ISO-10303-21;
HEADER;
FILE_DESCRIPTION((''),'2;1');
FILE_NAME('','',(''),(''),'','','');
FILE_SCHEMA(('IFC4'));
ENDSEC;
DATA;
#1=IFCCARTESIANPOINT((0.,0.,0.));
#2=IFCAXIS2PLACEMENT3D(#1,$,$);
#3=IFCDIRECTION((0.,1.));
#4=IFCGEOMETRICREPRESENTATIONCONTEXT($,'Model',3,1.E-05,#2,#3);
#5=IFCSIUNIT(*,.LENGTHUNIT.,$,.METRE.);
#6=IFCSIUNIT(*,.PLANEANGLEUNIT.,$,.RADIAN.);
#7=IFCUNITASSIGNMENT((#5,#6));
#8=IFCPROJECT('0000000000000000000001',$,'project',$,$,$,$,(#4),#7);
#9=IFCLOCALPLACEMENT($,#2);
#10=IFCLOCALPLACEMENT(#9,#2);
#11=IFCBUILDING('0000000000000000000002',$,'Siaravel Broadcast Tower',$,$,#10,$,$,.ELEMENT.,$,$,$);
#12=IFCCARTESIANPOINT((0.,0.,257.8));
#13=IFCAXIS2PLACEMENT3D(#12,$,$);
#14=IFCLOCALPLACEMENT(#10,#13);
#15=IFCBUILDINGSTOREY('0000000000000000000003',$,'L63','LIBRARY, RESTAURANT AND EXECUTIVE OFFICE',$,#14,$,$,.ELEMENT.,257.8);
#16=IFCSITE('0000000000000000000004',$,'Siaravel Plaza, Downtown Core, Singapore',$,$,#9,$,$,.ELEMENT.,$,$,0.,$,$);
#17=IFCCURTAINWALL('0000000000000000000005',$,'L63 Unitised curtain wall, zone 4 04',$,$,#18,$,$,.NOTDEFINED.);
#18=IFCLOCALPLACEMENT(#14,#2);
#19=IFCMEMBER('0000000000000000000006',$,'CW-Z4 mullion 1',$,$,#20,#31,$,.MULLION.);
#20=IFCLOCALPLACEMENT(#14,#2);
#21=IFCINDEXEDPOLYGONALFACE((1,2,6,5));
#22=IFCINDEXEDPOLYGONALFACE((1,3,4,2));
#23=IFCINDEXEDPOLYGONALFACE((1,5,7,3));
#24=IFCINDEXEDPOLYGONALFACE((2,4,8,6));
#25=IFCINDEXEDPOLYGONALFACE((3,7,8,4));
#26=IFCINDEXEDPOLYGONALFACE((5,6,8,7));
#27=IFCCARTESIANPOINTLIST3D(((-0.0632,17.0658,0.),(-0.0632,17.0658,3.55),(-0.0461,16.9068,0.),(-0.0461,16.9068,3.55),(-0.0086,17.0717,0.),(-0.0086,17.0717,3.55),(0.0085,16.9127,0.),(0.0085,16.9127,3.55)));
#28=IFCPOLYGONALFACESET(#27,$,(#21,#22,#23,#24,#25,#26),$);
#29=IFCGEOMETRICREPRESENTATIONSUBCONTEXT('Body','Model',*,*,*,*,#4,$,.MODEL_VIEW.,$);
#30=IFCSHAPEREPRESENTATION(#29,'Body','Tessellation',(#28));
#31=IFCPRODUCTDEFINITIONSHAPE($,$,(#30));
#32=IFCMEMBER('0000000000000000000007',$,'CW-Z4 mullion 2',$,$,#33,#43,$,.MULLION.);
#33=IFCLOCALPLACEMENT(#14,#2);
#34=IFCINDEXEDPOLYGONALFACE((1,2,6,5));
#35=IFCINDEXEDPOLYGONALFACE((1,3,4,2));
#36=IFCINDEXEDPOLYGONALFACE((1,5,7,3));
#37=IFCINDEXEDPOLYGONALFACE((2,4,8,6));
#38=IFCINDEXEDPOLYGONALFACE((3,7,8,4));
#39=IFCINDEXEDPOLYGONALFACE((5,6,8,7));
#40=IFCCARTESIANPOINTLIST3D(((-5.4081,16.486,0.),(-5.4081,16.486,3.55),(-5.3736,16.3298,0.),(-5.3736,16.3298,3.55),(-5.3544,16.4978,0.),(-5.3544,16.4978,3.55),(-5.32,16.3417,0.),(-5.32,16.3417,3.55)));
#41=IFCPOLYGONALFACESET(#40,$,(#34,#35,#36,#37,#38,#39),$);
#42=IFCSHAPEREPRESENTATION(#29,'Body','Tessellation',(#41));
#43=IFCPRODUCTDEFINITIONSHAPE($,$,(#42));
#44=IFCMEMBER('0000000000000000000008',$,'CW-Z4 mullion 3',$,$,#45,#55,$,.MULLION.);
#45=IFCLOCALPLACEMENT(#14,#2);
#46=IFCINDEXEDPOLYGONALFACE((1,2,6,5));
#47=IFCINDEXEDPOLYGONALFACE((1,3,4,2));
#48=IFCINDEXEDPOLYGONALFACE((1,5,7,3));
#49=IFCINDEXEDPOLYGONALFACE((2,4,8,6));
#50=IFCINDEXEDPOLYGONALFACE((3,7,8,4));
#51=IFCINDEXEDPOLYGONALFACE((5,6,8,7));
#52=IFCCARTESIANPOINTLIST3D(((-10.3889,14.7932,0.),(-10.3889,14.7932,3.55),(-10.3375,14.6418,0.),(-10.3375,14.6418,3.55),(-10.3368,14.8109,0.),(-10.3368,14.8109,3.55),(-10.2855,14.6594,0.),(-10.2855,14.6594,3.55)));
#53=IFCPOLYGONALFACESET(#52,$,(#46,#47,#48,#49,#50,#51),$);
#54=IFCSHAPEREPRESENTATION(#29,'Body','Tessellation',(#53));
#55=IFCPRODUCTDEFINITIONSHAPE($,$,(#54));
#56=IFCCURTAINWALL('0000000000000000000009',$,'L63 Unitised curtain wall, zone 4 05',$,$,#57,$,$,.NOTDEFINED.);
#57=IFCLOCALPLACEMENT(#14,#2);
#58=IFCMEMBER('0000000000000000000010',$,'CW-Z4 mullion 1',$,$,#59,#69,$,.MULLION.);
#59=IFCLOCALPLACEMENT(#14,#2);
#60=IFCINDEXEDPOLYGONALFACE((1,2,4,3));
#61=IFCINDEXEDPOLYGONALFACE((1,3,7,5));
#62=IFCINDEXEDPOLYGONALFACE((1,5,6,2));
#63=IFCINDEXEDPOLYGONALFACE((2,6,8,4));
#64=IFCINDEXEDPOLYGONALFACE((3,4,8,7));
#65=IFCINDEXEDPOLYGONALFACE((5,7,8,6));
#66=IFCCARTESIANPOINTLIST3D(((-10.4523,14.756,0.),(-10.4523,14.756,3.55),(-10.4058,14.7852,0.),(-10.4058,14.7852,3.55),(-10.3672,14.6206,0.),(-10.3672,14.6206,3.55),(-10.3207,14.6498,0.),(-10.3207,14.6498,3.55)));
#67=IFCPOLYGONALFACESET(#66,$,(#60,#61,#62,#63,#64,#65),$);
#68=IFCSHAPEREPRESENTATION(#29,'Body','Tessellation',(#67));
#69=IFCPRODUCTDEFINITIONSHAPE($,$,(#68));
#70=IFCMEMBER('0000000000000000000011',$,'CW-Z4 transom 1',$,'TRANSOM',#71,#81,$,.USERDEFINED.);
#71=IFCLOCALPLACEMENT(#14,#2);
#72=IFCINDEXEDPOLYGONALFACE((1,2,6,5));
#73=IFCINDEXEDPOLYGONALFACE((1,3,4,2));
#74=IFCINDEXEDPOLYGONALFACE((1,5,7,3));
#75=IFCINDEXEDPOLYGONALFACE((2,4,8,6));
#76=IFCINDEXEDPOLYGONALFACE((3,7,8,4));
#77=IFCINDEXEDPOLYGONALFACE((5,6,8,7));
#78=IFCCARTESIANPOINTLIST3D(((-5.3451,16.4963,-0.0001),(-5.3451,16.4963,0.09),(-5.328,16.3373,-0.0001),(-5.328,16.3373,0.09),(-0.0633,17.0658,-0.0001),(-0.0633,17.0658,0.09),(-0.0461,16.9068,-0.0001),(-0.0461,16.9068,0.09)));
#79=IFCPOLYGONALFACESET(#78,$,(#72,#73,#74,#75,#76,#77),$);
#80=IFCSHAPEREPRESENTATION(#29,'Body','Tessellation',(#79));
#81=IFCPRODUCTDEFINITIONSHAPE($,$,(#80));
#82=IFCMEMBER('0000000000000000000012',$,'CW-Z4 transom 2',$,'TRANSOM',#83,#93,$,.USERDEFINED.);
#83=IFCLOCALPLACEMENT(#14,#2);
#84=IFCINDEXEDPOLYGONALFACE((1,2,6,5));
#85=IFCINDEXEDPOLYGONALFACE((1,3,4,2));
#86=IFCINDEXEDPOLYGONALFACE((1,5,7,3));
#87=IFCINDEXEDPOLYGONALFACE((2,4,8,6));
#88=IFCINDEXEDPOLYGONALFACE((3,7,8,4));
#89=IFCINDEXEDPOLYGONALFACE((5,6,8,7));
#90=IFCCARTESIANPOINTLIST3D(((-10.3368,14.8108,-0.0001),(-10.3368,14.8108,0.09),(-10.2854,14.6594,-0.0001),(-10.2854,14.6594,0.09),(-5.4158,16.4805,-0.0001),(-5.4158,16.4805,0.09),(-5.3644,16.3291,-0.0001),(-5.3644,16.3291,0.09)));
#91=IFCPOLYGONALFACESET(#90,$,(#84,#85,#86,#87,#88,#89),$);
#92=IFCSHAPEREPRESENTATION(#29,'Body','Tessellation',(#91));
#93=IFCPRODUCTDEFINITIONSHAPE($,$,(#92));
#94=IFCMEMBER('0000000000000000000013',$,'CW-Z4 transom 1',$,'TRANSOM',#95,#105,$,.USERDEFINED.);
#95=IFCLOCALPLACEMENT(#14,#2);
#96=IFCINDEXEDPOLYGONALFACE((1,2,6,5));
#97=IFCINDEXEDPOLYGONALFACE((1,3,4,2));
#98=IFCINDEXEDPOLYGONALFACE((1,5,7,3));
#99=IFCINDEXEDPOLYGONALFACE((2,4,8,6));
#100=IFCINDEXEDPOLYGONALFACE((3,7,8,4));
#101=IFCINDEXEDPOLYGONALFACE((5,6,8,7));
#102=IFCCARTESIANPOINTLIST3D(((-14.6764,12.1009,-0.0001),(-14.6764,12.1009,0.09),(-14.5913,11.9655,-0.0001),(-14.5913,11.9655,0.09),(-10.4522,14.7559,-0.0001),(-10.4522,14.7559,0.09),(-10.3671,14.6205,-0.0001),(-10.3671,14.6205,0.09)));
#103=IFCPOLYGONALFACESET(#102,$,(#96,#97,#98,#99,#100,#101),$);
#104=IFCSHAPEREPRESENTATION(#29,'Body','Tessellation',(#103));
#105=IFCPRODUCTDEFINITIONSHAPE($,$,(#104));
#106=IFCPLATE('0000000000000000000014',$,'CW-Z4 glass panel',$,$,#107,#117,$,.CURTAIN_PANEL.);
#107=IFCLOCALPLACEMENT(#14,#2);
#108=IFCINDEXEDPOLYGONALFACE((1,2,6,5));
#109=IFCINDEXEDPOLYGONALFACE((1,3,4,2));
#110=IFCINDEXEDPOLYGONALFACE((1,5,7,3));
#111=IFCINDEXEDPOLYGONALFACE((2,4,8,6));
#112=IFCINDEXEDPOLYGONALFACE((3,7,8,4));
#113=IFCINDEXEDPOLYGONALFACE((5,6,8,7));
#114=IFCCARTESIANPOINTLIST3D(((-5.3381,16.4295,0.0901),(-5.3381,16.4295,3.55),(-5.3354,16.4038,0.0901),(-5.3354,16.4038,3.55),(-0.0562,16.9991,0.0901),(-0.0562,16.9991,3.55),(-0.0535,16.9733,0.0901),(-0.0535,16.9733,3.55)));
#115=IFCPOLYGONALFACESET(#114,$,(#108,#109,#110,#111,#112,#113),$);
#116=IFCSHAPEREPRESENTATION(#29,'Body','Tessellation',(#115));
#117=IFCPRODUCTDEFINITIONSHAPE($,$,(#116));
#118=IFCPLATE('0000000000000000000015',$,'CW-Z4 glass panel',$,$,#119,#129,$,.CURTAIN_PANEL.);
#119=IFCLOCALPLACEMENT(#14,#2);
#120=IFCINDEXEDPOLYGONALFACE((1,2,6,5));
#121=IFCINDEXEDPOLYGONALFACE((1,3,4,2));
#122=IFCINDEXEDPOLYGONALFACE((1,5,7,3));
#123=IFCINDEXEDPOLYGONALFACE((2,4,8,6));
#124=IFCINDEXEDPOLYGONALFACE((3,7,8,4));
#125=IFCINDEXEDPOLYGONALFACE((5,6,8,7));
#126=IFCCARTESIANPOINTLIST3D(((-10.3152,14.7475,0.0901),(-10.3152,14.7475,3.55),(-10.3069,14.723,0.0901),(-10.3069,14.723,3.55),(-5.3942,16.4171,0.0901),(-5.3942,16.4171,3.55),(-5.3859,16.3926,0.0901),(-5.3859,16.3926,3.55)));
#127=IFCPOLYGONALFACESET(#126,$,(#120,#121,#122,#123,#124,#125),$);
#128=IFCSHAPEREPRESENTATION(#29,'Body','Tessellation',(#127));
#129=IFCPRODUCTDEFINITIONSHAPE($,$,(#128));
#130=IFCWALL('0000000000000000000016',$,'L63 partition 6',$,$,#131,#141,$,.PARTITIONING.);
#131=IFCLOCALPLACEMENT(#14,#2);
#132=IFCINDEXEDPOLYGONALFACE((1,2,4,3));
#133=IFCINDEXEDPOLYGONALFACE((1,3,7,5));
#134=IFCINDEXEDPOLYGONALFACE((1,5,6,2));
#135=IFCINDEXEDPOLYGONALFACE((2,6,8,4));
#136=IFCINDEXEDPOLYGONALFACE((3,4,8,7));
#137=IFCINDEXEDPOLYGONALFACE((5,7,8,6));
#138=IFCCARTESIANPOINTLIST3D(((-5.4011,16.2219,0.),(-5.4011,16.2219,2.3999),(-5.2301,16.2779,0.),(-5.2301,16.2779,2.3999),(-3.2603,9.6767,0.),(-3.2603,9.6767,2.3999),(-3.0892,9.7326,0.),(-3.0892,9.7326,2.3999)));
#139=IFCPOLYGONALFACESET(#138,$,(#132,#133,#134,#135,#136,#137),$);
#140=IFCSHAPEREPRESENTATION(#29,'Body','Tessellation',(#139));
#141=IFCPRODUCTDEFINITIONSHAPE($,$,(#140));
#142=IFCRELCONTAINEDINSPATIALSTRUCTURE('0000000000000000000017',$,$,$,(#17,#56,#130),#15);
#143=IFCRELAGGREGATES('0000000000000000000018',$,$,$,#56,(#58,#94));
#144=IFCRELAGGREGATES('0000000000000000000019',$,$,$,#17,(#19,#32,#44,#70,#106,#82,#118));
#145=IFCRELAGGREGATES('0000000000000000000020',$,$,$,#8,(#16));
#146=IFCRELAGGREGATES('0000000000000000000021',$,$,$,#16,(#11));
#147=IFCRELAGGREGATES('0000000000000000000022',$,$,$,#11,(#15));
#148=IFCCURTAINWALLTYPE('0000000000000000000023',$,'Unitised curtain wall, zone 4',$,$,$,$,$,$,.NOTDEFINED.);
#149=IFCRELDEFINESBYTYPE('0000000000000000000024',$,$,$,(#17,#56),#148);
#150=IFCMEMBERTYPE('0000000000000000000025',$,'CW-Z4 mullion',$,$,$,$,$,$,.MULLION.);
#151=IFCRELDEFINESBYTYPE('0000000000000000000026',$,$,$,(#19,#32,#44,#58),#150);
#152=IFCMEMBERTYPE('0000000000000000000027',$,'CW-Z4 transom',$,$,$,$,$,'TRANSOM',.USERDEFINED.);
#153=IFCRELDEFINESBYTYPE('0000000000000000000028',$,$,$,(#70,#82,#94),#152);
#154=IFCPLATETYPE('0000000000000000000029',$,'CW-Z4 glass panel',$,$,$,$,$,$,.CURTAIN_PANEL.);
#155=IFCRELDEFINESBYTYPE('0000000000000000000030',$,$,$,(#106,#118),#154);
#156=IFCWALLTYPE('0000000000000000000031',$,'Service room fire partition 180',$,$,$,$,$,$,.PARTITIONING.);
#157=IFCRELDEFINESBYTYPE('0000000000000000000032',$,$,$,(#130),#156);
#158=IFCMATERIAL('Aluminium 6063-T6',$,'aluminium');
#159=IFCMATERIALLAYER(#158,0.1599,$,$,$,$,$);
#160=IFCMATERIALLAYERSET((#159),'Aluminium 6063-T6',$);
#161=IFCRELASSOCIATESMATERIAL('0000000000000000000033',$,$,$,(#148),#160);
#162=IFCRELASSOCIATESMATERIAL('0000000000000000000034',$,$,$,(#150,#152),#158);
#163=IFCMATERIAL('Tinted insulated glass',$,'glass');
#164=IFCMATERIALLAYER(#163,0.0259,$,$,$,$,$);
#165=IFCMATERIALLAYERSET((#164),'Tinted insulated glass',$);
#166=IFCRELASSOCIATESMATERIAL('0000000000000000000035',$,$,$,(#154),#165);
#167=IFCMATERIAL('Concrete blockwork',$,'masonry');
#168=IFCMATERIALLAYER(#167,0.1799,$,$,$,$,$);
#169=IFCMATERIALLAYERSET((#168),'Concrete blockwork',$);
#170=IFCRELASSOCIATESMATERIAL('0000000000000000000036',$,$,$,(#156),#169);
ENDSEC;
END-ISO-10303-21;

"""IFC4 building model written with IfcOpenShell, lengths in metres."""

from ifc_helpers import new_model, si_unit, direction, frame, frame_2d, origin, origin_2d, place, context, subcontext, project, spatial, rectangle, extrude, material, layer, layer_set, material_profile, profile_set, type_object, element, aggregate, save


model = new_model("IFC4")

# Units and contexts
model_context = context("Model", 3, precision=1e-05, world=origin(), true_north=direction((0.0, 1.0)))
body_context = subcontext(model_context, "Body", "Model", "MODEL_VIEW")
ifc_project = project(units=[si_unit("LENGTHUNIT", "METRE"), si_unit("PLANEANGLEUNIT", "RADIAN")], contexts=[model_context])

# Site, building, storey
site_placement = place(None, origin())
site = spatial("IfcSite", under=ifc_project, at=site_placement, Name="Siaravel Plaza, Downtown Core, Singapore", CompositionType="ELEMENT", RefElevation=0.0)
building_placement = place(site_placement, origin())
building = spatial("IfcBuilding", under=site, at=building_placement, Name="Siaravel Broadcast Tower", CompositionType="ELEMENT")
storey_placement = place(building_placement, frame((0.0, 0.0, 257.8)))
storey = spatial("IfcBuildingStorey", under=building, at=storey_placement, Name="L63", Description="LIBRARY, RESTAURANT AND EXECUTIVE OFFICE", CompositionType="ELEMENT", Elevation=257.8)

# Curtain wall, members
ifc_material_1 = material(Name="Aluminium 6063-T6", Category="aluminium")
ifc_layer_1 = layer(ifc_material_1, 0.1599)
ifc_layer_set_1 = layer_set([ifc_layer_1], Name="Aluminium 6063-T6")
curtain_wall_type = type_object("IfcCurtainWallType", Name="Unitised curtain wall, zone 4", PredefinedType="NOTDEFINED", material=ifc_layer_set_1)
curtain_wall_1_placement = place(storey_placement, origin())
curtain_wall_1 = element("IfcCurtainWall", 1, at=curtain_wall_1_placement, inside=storey, type_object=curtain_wall_type, Name="L63 Unitised curtain wall, zone 4 04", PredefinedType="NOTDEFINED")
ifc_material_profile_1 = material_profile(ifc_material_1, rectangle(XDim=0.1599, YDim=0.0549, at=origin_2d()))
ifc_profile_set_1 = profile_set([ifc_material_profile_1], Name="Aluminium 6063-T6")
member_type_1 = type_object("IfcMemberType", Name="CW-Z4 mullion", PredefinedType="MULLION", material=ifc_profile_set_1)
member_1_placement = place(storey_placement, frame((-0.0273, 16.9893, 0.0), z_axis=(0.0, 0.0, 1.0), x_axis=(0.107218, -0.994236, 0.0)))
member_1 = element("IfcMember", 2, at=member_1_placement, type_object=member_type_1, Name="CW-Z4 mullion 1", PredefinedType="MULLION", context=body_context, shape_type="SweptSolid", body=[
    extrude(rectangle(XDim=0.1599, YDim=0.0549, at=origin_2d()), origin(), (0.0, 0.0, 1.0), 3.55),
])
member_2_placement = place(storey_placement, frame((-5.364, 16.4138, 0.0), z_axis=(0.0, 0.0, 1.0), x_axis=(0.215559, -0.976491, 0.0)))
member_2 = element("IfcMember", 3, at=member_2_placement, type_object=member_type_1, Name="CW-Z4 mullion 2", PredefinedType="MULLION", context=body_context, shape_type="SweptSolid", body=[
    extrude(rectangle(XDim=0.1599, YDim=0.0549, at=origin_2d()), origin(), (0.0, 0.0, 1.0), 3.55),
])
member_3_placement = place(storey_placement, frame((-10.3372, 14.7263, 0.0), z_axis=(0.0, 0.0, 1.0), x_axis=(0.321302, -0.946977, 0.0)))
member_3 = element("IfcMember", 4, at=member_3_placement, type_object=member_type_1, Name="CW-Z4 mullion 3", PredefinedType="MULLION", context=body_context, shape_type="SweptSolid", body=[
    extrude(rectangle(XDim=0.1599, YDim=0.0549, at=origin_2d()), origin(), (0.0, 0.0, 1.0), 3.55),
])

# Curtain wall, member
curtain_wall_2_placement = place(storey_placement, origin())
curtain_wall_2 = element("IfcCurtainWall", 5, at=curtain_wall_2_placement, inside=storey, type_object=curtain_wall_type, Name="L63 Unitised curtain wall, zone 4 05", PredefinedType="NOTDEFINED")
member_4_placement = place(storey_placement, frame((-10.3865, 14.7029, 0.0), z_axis=(0.0, 0.0, 1.0), x_axis=(0.532151, -0.84665, 0.0)))
member_4 = element("IfcMember", 6, at=member_4_placement, type_object=member_type_1, Name="CW-Z4 mullion 1", PredefinedType="MULLION", context=body_context, shape_type="SweptSolid", body=[
    extrude(rectangle(XDim=0.1599, YDim=0.0549, at=origin_2d()), origin(), (0.0, 0.0, 1.0), 3.55),
])

# Members
ifc_material_profile_2 = material_profile(ifc_material_1, rectangle(XDim=0.1599, YDim=0.0901, at=origin_2d()))
ifc_profile_set_2 = profile_set([ifc_material_profile_2], Name="Aluminium 6063-T6")
member_type_2 = type_object("IfcMemberType", Name="CW-Z4 transom", ElementType="TRANSOM", PredefinedType="USERDEFINED", material=ifc_profile_set_2)
member_5_placement = place(storey_placement, frame((-0.0547, 16.9863, 0.0449), z_axis=(-0.994236, -0.107213, 0.0), x_axis=(0.107213, -0.994236, 0.0)))
member_5 = element("IfcMember", 7, at=member_5_placement, type_object=member_type_2, Name="CW-Z4 transom 1", ObjectType="TRANSOM", PredefinedType="USERDEFINED", context=body_context, shape_type="SweptSolid", body=[
    extrude(rectangle(XDim=0.1599, YDim=0.0901, at=origin_2d()), origin(), (0.0, 0.0, 1.0), 5.3125),
])
member_6_placement = place(storey_placement, frame((-5.3901, 16.4048, 0.0449), z_axis=(-0.946974, -0.321311, 0.0), x_axis=(0.321311, -0.946974, 0.0)))
member_6 = element("IfcMember", 8, at=member_6_placement, type_object=member_type_2, Name="CW-Z4 transom 2", ObjectType="TRANSOM", PredefinedType="USERDEFINED", context=body_context, shape_type="SweptSolid", body=[
    extrude(rectangle(XDim=0.1599, YDim=0.0901, at=origin_2d()), origin(), (0.0, 0.0, 1.0), 5.1965),
])
member_7_placement = place(storey_placement, frame((-10.4097, 14.6882, 0.0449), z_axis=(-0.846649, -0.532153, 0.0), x_axis=(0.532153, -0.846649, 0.0)))
member_7 = element("IfcMember", 9, at=member_7_placement, type_object=member_type_2, Name="CW-Z4 transom 1", ObjectType="TRANSOM", PredefinedType="USERDEFINED", context=body_context, shape_type="SweptSolid", body=[
    extrude(rectangle(XDim=0.1599, YDim=0.0901, at=origin_2d()), origin(), (0.0, 0.0, 1.0), 4.9893),
])
aggregate(curtain_wall_2, [member_4, member_7])

# Plates
ifc_material_2 = material(Name="Tinted insulated glass", Category="glass")
ifc_layer_2 = layer(ifc_material_2, 0.0259)
ifc_layer_set_2 = layer_set([ifc_layer_2], Name="Tinted insulated glass")
plate_type = type_object("IfcPlateType", Name="CW-Z4 glass panel", PredefinedType="CURTAIN_PANEL", material=ifc_layer_set_2)
plate_1_placement = place(storey_placement, frame((-2.6958, 16.7014, 0.0901), z_axis=(0.0, 0.0, 1.0), x_axis=(-0.994236, -0.107218, 0.0)))
plate_1 = element("IfcPlate", 10, at=plate_1_placement, type_object=plate_type, Name="CW-Z4 glass panel", PredefinedType="CURTAIN_PANEL", context=body_context, shape_type="SweptSolid", body=[
    extrude(rectangle(XDim=5.3125, YDim=0.0259, at=origin_2d()), origin(), (0.0, 0.0, 1.0), 3.46),
])
plate_2_placement = place(storey_placement, frame((-7.8506, 15.5701, 0.0901), z_axis=(0.0, 0.0, 1.0), x_axis=(-0.946977, -0.321302, 0.0)))
plate_2 = element("IfcPlate", 11, at=plate_2_placement, type_object=plate_type, Name="CW-Z4 glass panel", PredefinedType="CURTAIN_PANEL", context=body_context, shape_type="SweptSolid", body=[
    extrude(rectangle(XDim=5.1965, YDim=0.0259, at=origin_2d()), origin(), (0.0, 0.0, 1.0), 3.46),
])
aggregate(curtain_wall_1, [member_1, member_2, member_3, member_5, plate_1, member_6, plate_2])

# Wall
ifc_material_3 = material(Name="Concrete blockwork", Category="masonry")
ifc_layer_3 = layer(ifc_material_3, 0.1799)
ifc_layer_set_3 = layer_set([ifc_layer_3], Name="Concrete blockwork")
wall_type = type_object("IfcWallType", Name="Service room fire partition 180", PredefinedType="PARTITIONING", material=ifc_layer_set_3)
wall_placement = place(storey_placement, frame((-5.3157, 16.25, 0.0), z_axis=(0.0, 0.0, 1.0), x_axis=(0.310884, -0.950448, 0.0)))
element("IfcWall", 12, at=wall_placement, inside=storey, type_object=wall_type, Name="L63 partition 6", PredefinedType="PARTITIONING", context=body_context, shape_type="SweptSolid", body=[
    extrude(rectangle(XDim=6.8865, YDim=0.1799, at=frame_2d((3.4434, 0.0))), origin(), (0.0, 0.0, 1.0), 2.3999),
])

save(model, "model.ifc")
